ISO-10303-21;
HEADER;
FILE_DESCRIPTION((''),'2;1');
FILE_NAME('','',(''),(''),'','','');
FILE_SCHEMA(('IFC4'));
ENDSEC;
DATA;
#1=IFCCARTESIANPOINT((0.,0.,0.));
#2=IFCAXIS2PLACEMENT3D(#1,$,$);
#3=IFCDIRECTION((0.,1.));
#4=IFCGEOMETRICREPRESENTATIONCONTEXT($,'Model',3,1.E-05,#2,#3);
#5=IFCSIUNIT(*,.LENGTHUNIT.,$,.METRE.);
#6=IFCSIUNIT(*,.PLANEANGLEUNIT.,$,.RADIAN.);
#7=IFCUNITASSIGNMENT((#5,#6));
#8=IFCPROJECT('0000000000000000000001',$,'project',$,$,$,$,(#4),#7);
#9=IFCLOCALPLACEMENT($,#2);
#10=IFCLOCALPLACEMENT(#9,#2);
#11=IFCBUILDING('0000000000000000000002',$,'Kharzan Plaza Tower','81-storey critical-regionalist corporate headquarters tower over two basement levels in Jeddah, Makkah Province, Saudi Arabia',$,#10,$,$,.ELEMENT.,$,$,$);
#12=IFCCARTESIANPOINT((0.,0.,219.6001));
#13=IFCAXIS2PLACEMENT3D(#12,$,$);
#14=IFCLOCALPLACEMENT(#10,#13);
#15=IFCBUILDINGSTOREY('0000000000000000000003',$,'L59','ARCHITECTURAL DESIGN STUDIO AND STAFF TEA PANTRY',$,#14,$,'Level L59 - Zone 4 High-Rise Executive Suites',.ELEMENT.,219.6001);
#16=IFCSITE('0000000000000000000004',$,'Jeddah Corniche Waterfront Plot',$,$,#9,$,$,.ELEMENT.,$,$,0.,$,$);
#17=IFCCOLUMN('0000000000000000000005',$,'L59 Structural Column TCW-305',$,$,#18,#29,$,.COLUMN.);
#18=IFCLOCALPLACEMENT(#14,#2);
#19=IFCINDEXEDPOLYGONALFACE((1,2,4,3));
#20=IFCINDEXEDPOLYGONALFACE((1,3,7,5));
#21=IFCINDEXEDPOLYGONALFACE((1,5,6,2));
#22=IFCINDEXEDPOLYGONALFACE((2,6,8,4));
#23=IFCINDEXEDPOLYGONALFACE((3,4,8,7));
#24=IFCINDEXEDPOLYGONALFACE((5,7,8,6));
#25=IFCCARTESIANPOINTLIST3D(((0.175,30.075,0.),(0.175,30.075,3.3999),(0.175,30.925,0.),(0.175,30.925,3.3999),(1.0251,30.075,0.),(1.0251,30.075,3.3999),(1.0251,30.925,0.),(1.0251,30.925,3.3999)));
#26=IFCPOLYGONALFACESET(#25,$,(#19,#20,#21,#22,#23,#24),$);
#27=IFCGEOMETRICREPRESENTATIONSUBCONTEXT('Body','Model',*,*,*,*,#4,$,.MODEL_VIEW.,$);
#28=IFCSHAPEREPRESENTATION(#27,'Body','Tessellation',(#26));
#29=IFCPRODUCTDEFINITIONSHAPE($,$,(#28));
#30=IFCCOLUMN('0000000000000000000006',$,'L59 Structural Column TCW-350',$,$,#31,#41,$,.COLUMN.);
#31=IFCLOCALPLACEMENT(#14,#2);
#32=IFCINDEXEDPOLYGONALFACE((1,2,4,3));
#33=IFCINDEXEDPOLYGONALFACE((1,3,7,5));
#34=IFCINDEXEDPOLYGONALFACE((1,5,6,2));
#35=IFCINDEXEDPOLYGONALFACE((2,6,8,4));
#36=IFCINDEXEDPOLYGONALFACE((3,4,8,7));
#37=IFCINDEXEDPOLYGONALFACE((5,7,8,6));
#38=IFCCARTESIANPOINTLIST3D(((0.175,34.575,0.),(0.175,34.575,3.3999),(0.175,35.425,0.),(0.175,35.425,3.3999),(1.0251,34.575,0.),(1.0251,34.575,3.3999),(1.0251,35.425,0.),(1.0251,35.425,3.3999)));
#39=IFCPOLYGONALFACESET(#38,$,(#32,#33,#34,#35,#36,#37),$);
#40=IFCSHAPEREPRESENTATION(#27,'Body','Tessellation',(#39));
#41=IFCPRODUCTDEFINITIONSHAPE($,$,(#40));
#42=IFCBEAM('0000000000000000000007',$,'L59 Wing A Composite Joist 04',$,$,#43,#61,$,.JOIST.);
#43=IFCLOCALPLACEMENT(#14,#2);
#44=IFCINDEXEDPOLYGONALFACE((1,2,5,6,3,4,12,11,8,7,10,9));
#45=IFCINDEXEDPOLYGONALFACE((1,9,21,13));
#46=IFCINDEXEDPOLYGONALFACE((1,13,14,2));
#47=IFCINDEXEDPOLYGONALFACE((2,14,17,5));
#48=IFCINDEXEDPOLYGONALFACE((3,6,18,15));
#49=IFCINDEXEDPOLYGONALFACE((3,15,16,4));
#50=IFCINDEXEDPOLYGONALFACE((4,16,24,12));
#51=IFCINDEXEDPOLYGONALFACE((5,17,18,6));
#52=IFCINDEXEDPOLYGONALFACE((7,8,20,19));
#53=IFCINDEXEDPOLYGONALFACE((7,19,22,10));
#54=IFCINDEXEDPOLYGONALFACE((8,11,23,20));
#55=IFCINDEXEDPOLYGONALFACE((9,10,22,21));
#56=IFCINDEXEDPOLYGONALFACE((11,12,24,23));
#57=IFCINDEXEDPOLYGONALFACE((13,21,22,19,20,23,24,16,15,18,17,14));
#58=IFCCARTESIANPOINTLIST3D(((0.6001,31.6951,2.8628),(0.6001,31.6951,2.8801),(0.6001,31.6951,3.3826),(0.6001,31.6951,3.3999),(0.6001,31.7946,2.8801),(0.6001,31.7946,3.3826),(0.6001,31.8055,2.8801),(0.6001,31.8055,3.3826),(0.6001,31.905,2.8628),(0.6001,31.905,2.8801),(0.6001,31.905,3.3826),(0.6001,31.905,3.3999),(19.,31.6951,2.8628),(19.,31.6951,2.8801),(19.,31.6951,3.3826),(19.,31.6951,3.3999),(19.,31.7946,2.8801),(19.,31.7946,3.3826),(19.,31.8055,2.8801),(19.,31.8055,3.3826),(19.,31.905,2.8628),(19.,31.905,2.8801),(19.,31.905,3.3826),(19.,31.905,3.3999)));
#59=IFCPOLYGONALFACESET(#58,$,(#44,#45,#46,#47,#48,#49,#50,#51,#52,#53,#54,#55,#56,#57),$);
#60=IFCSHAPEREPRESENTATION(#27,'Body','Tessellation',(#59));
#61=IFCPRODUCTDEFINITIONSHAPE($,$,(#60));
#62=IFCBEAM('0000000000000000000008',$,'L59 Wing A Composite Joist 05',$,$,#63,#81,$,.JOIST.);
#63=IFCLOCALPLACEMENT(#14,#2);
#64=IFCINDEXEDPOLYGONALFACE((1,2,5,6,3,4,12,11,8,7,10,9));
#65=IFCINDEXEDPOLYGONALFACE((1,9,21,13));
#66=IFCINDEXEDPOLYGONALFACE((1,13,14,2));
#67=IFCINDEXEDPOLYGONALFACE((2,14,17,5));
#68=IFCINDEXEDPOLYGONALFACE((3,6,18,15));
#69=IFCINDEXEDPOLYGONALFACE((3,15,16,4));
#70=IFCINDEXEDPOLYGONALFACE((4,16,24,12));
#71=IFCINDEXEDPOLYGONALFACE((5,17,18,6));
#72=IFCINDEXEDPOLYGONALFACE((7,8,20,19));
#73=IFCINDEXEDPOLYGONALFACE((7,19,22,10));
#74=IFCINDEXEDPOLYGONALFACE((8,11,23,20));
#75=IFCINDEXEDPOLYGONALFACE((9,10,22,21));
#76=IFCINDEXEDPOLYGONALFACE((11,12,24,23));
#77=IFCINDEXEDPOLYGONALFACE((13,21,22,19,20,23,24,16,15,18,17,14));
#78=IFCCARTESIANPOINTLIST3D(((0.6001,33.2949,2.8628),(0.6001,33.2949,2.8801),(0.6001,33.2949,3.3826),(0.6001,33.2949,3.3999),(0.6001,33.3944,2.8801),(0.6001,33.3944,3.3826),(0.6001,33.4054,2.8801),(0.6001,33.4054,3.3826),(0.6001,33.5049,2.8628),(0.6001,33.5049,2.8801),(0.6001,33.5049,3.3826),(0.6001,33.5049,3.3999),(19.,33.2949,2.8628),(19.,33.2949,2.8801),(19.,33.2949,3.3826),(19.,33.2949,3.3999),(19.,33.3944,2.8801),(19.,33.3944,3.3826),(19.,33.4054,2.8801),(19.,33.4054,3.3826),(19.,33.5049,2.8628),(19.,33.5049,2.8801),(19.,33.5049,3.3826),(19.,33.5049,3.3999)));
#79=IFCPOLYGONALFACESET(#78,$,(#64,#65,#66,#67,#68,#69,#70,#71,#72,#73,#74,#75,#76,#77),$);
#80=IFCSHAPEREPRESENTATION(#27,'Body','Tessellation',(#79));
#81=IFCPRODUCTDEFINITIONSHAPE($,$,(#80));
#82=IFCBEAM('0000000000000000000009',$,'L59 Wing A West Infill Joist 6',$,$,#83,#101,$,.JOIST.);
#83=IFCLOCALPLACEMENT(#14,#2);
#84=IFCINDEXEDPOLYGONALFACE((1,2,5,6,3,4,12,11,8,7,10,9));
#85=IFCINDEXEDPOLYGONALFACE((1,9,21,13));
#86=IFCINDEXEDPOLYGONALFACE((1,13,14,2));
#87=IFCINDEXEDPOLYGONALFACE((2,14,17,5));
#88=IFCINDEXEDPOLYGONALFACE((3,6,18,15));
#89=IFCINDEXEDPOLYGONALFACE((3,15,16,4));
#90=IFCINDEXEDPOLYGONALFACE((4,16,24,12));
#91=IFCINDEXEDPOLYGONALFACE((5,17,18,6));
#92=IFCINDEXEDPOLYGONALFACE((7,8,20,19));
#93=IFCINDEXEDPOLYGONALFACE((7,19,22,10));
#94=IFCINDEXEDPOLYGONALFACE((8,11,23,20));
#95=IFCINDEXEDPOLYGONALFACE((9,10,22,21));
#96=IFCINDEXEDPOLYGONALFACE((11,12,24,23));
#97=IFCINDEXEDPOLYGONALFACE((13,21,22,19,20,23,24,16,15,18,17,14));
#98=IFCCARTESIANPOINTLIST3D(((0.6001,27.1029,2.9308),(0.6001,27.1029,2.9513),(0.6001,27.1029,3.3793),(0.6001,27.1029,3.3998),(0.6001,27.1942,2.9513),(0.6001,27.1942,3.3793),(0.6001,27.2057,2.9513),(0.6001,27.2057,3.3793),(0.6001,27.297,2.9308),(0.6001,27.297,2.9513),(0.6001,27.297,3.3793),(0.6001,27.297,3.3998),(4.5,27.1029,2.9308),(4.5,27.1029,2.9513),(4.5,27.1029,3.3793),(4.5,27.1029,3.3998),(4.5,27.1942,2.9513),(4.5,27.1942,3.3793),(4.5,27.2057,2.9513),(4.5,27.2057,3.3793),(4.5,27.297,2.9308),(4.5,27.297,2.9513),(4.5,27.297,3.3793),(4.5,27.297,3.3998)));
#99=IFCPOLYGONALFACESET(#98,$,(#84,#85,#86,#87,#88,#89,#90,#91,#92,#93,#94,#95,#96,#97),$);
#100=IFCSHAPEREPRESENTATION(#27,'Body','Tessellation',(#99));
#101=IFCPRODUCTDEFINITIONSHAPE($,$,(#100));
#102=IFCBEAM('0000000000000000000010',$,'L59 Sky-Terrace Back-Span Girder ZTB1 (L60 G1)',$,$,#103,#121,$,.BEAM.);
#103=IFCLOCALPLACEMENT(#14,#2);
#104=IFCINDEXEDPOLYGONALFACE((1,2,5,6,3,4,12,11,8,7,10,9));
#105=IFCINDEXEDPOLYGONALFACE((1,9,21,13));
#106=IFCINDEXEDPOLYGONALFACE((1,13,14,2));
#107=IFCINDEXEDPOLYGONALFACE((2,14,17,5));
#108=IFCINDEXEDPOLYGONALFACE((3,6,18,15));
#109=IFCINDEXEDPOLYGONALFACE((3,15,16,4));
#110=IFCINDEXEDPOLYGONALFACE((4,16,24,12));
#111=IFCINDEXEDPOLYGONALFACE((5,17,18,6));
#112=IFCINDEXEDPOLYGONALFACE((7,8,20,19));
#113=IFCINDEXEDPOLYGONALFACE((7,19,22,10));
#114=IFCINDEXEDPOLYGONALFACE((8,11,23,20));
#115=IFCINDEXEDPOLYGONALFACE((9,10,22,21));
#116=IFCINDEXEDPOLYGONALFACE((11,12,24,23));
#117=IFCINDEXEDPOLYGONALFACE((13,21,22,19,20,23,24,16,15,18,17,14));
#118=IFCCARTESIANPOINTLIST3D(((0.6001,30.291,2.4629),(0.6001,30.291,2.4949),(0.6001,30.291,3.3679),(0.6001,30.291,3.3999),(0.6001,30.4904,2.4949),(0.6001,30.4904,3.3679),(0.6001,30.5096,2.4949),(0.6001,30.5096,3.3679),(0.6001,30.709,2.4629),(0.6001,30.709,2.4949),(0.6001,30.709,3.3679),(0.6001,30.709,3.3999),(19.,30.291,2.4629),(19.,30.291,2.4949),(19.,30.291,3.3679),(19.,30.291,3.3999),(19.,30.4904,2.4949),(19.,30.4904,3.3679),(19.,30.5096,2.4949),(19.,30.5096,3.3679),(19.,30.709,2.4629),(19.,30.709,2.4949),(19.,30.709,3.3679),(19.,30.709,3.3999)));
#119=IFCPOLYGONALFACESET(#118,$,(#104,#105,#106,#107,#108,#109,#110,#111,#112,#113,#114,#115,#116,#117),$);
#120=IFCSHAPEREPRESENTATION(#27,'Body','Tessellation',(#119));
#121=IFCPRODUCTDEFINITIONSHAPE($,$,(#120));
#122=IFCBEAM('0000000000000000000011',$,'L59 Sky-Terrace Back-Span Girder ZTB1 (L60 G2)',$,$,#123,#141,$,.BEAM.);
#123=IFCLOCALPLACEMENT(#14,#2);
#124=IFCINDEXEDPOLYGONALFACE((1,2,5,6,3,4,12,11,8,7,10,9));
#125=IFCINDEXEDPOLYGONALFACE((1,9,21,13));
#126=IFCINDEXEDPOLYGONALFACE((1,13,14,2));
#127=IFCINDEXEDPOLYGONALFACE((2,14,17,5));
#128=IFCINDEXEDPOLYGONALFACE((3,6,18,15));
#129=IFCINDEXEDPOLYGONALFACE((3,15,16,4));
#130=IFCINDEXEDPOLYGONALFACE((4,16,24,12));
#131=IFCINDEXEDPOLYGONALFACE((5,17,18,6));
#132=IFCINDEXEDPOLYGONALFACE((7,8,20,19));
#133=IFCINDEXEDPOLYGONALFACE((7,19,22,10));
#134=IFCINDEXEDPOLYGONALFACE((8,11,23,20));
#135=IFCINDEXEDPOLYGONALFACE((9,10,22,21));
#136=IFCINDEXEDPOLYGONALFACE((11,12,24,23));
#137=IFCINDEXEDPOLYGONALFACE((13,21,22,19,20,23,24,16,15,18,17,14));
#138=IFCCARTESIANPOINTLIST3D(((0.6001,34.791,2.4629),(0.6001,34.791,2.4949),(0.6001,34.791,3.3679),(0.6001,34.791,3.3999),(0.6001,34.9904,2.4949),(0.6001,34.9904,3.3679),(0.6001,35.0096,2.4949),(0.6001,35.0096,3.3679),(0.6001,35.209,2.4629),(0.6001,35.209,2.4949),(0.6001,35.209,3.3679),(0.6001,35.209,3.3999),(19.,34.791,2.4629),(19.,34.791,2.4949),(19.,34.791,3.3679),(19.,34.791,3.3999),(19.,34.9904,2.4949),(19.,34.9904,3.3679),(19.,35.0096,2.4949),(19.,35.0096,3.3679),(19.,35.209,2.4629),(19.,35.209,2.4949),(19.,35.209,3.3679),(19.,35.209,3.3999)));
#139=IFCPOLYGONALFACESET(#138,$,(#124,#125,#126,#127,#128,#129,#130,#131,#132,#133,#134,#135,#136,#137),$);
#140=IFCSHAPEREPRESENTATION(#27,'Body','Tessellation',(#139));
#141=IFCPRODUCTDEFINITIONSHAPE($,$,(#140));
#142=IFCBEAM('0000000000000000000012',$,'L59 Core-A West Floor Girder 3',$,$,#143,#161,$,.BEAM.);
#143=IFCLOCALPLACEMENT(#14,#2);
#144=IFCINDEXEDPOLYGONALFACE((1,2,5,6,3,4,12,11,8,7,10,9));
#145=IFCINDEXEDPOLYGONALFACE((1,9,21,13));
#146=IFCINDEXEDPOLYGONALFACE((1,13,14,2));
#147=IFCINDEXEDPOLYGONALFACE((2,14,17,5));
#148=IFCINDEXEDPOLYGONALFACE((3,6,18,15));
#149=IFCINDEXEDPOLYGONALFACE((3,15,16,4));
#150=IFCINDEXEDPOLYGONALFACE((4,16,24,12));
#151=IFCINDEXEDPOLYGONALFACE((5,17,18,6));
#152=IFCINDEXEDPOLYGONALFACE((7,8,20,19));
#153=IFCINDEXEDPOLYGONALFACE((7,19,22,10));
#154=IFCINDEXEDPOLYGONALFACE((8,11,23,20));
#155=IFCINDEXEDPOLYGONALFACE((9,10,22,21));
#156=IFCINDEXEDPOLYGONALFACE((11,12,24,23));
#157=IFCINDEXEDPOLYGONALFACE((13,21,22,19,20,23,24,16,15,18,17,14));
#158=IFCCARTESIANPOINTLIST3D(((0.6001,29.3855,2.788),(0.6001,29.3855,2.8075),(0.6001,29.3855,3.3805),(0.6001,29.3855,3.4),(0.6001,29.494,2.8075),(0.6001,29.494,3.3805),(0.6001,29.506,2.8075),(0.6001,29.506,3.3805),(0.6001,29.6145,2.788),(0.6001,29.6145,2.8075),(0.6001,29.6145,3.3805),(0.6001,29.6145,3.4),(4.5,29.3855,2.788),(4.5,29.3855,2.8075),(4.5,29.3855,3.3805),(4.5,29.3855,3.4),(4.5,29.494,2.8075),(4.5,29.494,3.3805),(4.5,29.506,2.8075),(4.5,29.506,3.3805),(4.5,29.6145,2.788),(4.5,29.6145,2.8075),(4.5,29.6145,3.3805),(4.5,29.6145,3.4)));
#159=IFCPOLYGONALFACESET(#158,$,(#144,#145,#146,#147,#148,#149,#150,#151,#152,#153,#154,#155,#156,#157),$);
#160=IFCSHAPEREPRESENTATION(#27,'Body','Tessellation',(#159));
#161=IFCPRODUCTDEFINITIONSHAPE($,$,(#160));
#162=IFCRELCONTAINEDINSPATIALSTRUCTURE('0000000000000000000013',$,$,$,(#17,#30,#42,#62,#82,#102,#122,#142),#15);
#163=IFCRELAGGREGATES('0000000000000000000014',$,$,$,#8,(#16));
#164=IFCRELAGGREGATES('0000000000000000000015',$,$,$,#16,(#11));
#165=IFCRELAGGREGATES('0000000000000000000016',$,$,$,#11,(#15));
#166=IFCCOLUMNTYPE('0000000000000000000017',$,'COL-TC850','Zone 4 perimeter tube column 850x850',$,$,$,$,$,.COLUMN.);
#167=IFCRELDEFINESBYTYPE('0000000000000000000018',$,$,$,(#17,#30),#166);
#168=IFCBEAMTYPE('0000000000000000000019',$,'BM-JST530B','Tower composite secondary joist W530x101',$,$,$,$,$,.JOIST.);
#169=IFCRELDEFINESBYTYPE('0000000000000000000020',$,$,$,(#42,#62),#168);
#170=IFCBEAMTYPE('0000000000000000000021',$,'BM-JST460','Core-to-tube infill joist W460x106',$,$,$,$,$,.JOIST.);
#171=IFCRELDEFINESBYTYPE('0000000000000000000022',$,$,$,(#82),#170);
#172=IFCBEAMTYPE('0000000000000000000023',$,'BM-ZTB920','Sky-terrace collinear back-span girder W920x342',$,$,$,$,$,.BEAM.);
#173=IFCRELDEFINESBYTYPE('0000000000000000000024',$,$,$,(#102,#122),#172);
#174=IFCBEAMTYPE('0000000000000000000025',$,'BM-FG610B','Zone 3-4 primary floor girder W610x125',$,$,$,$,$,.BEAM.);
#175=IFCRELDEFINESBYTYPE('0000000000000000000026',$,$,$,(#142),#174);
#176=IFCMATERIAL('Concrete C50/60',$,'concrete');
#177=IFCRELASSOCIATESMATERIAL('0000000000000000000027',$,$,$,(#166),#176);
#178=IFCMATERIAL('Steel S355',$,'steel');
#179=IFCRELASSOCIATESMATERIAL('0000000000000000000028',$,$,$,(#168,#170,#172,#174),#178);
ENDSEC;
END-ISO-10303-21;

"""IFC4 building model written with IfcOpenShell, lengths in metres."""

from ifc_helpers import new_model, si_unit, direction, frame, origin, origin_2d, place, context, subcontext, project, spatial, rectangle, i_section, extrude, source, transform, mapped, material, material_profile, profile_set, type_object, element, save


model = new_model("IFC4")

# Units and contexts
model_context = context("Model", 3, precision=1e-05, world=origin(), true_north=direction((0.0, 1.0)))
body_context = subcontext(model_context, "Body", "Model", "MODEL_VIEW")
ifc_project = project(units=[si_unit("LENGTHUNIT", "METRE"), si_unit("PLANEANGLEUNIT", "RADIAN")], contexts=[model_context])

# Site, building, storey
site_placement = place(None, origin())
site = spatial("IfcSite", under=ifc_project, at=site_placement, Name="Jeddah Corniche Waterfront Plot", CompositionType="ELEMENT", RefElevation=0.0)
building_placement = place(site_placement, origin())
building = spatial("IfcBuilding", under=site, at=building_placement, Name="Kharzan Plaza Tower", Description="81-storey critical-regionalist corporate headquarters tower over two basement levels in Jeddah, Makkah Province, Saudi Arabia", CompositionType="ELEMENT")
storey_placement = place(building_placement, frame((0.0, 0.0, 219.6001)))
storey = spatial("IfcBuildingStorey", under=building, at=storey_placement, Name="L59", Description="ARCHITECTURAL DESIGN STUDIO AND STAFF TEA PANTRY", LongName="Level L59 - Zone 4 High-Rise Executive Suites", CompositionType="ELEMENT", Elevation=219.6001)

# Columns
ifc_material_1 = material(Name="Concrete C50/60", Category="concrete")
ifc_material_profile_1 = material_profile(ifc_material_1, rectangle(XDim=0.8501, YDim=0.8501, at=origin_2d()), Name="RC-TC850x850")
ifc_profile_set_1 = profile_set([ifc_material_profile_1], Name="Concrete C50/60")
column_type = type_object("IfcColumnType", Name="COL-TC850", Description="Zone 4 perimeter tube column 850x850", PredefinedType="COLUMN", material=ifc_profile_set_1)
shared_shape_1 = source(origin(), body_context, "Body", "SweptSolid", [
    extrude(rectangle(XDim=0.8501, YDim=0.8501, at=origin_2d()), origin(), (0.0, 0.0, 1.0), 3.3999),
])
for number, where, z_axis, x_axis, name in (
    (1, (0.6001, 30.5, 0.0), (0.0, 0.0, 1.0), (1.0, 0.0, 0.0), "L59 Structural Column TCW-305"),
    (2, (0.6001, 35.0, 0.0), (0.0, 0.0, 1.0), (1.0, 0.0, 0.0), "L59 Structural Column TCW-350"),
):
    element("IfcColumn", number, at=place(storey_placement, frame(where, z_axis=z_axis, x_axis=x_axis)), inside=storey, type_object=column_type, Name=name, PredefinedType="COLUMN", context=body_context, shape_type="MappedRepresentation", body=[
        mapped(shared_shape_1, transform((0.0, 0.0, 0.0), x_axis=(1.0, 0.0, 0.0), y_axis=(0.0, 1.0, 0.0), z_axis=(0.0, 0.0, 1.0))),
    ])

# Beams
ifc_material_2 = material(Name="Steel S355", Category="steel")
ifc_material_profile_2 = material_profile(ifc_material_2, i_section(OverallWidth=0.21, OverallDepth=0.5371, WebThickness=0.011, FlangeThickness=0.0173, at=origin_2d()), Name="W530x101")
ifc_profile_set_2 = profile_set([ifc_material_profile_2], Name="Steel S355")
beam_type_1 = type_object("IfcBeamType", Name="BM-JST530B", Description="Tower composite secondary joist W530x101", PredefinedType="JOIST", material=ifc_profile_set_2)
shared_shape_2 = source(origin(), body_context, "Body", "SweptSolid", [
    extrude(i_section(OverallWidth=0.21, OverallDepth=0.5371, WebThickness=0.011, FlangeThickness=0.0173, at=origin_2d()), origin(), (0.0, 0.0, 1.0), 18.3999),
])
for number, where, z_axis, x_axis, name in (
    (3, (0.6001, 31.8, 3.1313), (1.0, 0.0, 0.0), (0.0, 1.0, 0.0), "L59 Wing A Composite Joist 04"),
    (4, (0.6001, 33.3999, 3.1313), (1.0, 0.0, 0.0), (0.0, 1.0, 0.0), "L59 Wing A Composite Joist 05"),
):
    element("IfcBeam", number, at=place(storey_placement, frame(where, z_axis=z_axis, x_axis=x_axis)), inside=storey, type_object=beam_type_1, Name=name, PredefinedType="JOIST", context=body_context, shape_type="MappedRepresentation", body=[
        mapped(shared_shape_2, transform((0.0, 0.0, 0.0), x_axis=(1.0, 0.0, 0.0), y_axis=(0.0, 1.0, 0.0), z_axis=(0.0, 0.0, 1.0))),
    ])
ifc_material_profile_3 = material_profile(ifc_material_2, i_section(OverallWidth=0.1941, OverallDepth=0.469, WebThickness=0.0115, FlangeThickness=0.0205, at=origin_2d()), Name="W460x106")
ifc_profile_set_3 = profile_set([ifc_material_profile_3], Name="Steel S355")
beam_type_2 = type_object("IfcBeamType", Name="BM-JST460", Description="Core-to-tube infill joist W460x106", PredefinedType="JOIST", material=ifc_profile_set_3)
shared_shape_3 = source(origin(), body_context, "Body", "SweptSolid", [
    extrude(i_section(OverallWidth=0.1941, OverallDepth=0.469, WebThickness=0.0115, FlangeThickness=0.0205, at=origin_2d()), origin(), (0.0, 0.0, 1.0), 3.8999),
])
beam_1_placement = place(storey_placement, frame((0.6001, 27.2, 3.1653), z_axis=(1.0, 0.0, 0.0), x_axis=(0.0, 1.0, 0.0)))
element("IfcBeam", 5, at=beam_1_placement, inside=storey, type_object=beam_type_2, Name="L59 Wing A West Infill Joist 6", PredefinedType="JOIST", context=body_context, shape_type="MappedRepresentation", body=[
    mapped(shared_shape_3, transform((0.0, 0.0, 0.0), x_axis=(1.0, 0.0, 0.0), y_axis=(0.0, 1.0, 0.0), z_axis=(0.0, 0.0, 1.0))),
])
ifc_material_profile_4 = material_profile(ifc_material_2, i_section(OverallWidth=0.418, OverallDepth=0.937, WebThickness=0.0193, FlangeThickness=0.032, at=origin_2d()), Name="W920x342")
ifc_profile_set_4 = profile_set([ifc_material_profile_4], Name="Steel S355")
beam_type_3 = type_object("IfcBeamType", Name="BM-ZTB920", Description="Sky-terrace collinear back-span girder W920x342", PredefinedType="BEAM", material=ifc_profile_set_4)
shared_shape_4 = source(origin(), body_context, "Body", "SweptSolid", [
    extrude(i_section(OverallWidth=0.418, OverallDepth=0.937, WebThickness=0.0193, FlangeThickness=0.032, at=origin_2d()), origin(), (0.0, 0.0, 1.0), 18.3999),
])
for number, where, z_axis, x_axis, name in (
    (6, (0.6001, 30.5, 2.9314), (1.0, 0.0, 0.0), (0.0, 1.0, 0.0), "L59 Sky-Terrace Back-Span Girder ZTB1 (L60 G1)"),
    (7, (0.6001, 35.0, 2.9314), (1.0, 0.0, 0.0), (0.0, 1.0, 0.0), "L59 Sky-Terrace Back-Span Girder ZTB1 (L60 G2)"),
):
    element("IfcBeam", number, at=place(storey_placement, frame(where, z_axis=z_axis, x_axis=x_axis)), inside=storey, type_object=beam_type_3, Name=name, PredefinedType="BEAM", context=body_context, shape_type="MappedRepresentation", body=[
        mapped(shared_shape_4, transform((0.0, 0.0, 0.0), x_axis=(1.0, 0.0, 0.0), y_axis=(0.0, 1.0, 0.0), z_axis=(0.0, 0.0, 1.0))),
    ])
ifc_material_profile_5 = material_profile(ifc_material_2, i_section(OverallWidth=0.229, OverallDepth=0.6121, WebThickness=0.012, FlangeThickness=0.0195, at=origin_2d()), Name="W610x125")
ifc_profile_set_5 = profile_set([ifc_material_profile_5], Name="Steel S355")
beam_type_4 = type_object("IfcBeamType", Name="BM-FG610B", Description="Zone 3-4 primary floor girder W610x125", PredefinedType="BEAM", material=ifc_profile_set_5)
shared_shape_5 = source(origin(), body_context, "Body", "SweptSolid", [
    extrude(i_section(OverallWidth=0.229, OverallDepth=0.6121, WebThickness=0.012, FlangeThickness=0.0195, at=origin_2d()), origin(), (0.0, 0.0, 1.0), 3.8999),
])
beam_2_placement = place(storey_placement, frame((0.6001, 29.5, 3.094), z_axis=(1.0, 0.0, 0.0), x_axis=(0.0, 1.0, 0.0)))
element("IfcBeam", 8, at=beam_2_placement, inside=storey, type_object=beam_type_4, Name="L59 Core-A West Floor Girder 3", PredefinedType="BEAM", context=body_context, shape_type="MappedRepresentation", body=[
    mapped(shared_shape_5, transform((0.0, 0.0, 0.0), x_axis=(1.0, 0.0, 0.0), y_axis=(0.0, 1.0, 0.0), z_axis=(0.0, 0.0, 1.0))),
])

save(model, "model.ifc")
